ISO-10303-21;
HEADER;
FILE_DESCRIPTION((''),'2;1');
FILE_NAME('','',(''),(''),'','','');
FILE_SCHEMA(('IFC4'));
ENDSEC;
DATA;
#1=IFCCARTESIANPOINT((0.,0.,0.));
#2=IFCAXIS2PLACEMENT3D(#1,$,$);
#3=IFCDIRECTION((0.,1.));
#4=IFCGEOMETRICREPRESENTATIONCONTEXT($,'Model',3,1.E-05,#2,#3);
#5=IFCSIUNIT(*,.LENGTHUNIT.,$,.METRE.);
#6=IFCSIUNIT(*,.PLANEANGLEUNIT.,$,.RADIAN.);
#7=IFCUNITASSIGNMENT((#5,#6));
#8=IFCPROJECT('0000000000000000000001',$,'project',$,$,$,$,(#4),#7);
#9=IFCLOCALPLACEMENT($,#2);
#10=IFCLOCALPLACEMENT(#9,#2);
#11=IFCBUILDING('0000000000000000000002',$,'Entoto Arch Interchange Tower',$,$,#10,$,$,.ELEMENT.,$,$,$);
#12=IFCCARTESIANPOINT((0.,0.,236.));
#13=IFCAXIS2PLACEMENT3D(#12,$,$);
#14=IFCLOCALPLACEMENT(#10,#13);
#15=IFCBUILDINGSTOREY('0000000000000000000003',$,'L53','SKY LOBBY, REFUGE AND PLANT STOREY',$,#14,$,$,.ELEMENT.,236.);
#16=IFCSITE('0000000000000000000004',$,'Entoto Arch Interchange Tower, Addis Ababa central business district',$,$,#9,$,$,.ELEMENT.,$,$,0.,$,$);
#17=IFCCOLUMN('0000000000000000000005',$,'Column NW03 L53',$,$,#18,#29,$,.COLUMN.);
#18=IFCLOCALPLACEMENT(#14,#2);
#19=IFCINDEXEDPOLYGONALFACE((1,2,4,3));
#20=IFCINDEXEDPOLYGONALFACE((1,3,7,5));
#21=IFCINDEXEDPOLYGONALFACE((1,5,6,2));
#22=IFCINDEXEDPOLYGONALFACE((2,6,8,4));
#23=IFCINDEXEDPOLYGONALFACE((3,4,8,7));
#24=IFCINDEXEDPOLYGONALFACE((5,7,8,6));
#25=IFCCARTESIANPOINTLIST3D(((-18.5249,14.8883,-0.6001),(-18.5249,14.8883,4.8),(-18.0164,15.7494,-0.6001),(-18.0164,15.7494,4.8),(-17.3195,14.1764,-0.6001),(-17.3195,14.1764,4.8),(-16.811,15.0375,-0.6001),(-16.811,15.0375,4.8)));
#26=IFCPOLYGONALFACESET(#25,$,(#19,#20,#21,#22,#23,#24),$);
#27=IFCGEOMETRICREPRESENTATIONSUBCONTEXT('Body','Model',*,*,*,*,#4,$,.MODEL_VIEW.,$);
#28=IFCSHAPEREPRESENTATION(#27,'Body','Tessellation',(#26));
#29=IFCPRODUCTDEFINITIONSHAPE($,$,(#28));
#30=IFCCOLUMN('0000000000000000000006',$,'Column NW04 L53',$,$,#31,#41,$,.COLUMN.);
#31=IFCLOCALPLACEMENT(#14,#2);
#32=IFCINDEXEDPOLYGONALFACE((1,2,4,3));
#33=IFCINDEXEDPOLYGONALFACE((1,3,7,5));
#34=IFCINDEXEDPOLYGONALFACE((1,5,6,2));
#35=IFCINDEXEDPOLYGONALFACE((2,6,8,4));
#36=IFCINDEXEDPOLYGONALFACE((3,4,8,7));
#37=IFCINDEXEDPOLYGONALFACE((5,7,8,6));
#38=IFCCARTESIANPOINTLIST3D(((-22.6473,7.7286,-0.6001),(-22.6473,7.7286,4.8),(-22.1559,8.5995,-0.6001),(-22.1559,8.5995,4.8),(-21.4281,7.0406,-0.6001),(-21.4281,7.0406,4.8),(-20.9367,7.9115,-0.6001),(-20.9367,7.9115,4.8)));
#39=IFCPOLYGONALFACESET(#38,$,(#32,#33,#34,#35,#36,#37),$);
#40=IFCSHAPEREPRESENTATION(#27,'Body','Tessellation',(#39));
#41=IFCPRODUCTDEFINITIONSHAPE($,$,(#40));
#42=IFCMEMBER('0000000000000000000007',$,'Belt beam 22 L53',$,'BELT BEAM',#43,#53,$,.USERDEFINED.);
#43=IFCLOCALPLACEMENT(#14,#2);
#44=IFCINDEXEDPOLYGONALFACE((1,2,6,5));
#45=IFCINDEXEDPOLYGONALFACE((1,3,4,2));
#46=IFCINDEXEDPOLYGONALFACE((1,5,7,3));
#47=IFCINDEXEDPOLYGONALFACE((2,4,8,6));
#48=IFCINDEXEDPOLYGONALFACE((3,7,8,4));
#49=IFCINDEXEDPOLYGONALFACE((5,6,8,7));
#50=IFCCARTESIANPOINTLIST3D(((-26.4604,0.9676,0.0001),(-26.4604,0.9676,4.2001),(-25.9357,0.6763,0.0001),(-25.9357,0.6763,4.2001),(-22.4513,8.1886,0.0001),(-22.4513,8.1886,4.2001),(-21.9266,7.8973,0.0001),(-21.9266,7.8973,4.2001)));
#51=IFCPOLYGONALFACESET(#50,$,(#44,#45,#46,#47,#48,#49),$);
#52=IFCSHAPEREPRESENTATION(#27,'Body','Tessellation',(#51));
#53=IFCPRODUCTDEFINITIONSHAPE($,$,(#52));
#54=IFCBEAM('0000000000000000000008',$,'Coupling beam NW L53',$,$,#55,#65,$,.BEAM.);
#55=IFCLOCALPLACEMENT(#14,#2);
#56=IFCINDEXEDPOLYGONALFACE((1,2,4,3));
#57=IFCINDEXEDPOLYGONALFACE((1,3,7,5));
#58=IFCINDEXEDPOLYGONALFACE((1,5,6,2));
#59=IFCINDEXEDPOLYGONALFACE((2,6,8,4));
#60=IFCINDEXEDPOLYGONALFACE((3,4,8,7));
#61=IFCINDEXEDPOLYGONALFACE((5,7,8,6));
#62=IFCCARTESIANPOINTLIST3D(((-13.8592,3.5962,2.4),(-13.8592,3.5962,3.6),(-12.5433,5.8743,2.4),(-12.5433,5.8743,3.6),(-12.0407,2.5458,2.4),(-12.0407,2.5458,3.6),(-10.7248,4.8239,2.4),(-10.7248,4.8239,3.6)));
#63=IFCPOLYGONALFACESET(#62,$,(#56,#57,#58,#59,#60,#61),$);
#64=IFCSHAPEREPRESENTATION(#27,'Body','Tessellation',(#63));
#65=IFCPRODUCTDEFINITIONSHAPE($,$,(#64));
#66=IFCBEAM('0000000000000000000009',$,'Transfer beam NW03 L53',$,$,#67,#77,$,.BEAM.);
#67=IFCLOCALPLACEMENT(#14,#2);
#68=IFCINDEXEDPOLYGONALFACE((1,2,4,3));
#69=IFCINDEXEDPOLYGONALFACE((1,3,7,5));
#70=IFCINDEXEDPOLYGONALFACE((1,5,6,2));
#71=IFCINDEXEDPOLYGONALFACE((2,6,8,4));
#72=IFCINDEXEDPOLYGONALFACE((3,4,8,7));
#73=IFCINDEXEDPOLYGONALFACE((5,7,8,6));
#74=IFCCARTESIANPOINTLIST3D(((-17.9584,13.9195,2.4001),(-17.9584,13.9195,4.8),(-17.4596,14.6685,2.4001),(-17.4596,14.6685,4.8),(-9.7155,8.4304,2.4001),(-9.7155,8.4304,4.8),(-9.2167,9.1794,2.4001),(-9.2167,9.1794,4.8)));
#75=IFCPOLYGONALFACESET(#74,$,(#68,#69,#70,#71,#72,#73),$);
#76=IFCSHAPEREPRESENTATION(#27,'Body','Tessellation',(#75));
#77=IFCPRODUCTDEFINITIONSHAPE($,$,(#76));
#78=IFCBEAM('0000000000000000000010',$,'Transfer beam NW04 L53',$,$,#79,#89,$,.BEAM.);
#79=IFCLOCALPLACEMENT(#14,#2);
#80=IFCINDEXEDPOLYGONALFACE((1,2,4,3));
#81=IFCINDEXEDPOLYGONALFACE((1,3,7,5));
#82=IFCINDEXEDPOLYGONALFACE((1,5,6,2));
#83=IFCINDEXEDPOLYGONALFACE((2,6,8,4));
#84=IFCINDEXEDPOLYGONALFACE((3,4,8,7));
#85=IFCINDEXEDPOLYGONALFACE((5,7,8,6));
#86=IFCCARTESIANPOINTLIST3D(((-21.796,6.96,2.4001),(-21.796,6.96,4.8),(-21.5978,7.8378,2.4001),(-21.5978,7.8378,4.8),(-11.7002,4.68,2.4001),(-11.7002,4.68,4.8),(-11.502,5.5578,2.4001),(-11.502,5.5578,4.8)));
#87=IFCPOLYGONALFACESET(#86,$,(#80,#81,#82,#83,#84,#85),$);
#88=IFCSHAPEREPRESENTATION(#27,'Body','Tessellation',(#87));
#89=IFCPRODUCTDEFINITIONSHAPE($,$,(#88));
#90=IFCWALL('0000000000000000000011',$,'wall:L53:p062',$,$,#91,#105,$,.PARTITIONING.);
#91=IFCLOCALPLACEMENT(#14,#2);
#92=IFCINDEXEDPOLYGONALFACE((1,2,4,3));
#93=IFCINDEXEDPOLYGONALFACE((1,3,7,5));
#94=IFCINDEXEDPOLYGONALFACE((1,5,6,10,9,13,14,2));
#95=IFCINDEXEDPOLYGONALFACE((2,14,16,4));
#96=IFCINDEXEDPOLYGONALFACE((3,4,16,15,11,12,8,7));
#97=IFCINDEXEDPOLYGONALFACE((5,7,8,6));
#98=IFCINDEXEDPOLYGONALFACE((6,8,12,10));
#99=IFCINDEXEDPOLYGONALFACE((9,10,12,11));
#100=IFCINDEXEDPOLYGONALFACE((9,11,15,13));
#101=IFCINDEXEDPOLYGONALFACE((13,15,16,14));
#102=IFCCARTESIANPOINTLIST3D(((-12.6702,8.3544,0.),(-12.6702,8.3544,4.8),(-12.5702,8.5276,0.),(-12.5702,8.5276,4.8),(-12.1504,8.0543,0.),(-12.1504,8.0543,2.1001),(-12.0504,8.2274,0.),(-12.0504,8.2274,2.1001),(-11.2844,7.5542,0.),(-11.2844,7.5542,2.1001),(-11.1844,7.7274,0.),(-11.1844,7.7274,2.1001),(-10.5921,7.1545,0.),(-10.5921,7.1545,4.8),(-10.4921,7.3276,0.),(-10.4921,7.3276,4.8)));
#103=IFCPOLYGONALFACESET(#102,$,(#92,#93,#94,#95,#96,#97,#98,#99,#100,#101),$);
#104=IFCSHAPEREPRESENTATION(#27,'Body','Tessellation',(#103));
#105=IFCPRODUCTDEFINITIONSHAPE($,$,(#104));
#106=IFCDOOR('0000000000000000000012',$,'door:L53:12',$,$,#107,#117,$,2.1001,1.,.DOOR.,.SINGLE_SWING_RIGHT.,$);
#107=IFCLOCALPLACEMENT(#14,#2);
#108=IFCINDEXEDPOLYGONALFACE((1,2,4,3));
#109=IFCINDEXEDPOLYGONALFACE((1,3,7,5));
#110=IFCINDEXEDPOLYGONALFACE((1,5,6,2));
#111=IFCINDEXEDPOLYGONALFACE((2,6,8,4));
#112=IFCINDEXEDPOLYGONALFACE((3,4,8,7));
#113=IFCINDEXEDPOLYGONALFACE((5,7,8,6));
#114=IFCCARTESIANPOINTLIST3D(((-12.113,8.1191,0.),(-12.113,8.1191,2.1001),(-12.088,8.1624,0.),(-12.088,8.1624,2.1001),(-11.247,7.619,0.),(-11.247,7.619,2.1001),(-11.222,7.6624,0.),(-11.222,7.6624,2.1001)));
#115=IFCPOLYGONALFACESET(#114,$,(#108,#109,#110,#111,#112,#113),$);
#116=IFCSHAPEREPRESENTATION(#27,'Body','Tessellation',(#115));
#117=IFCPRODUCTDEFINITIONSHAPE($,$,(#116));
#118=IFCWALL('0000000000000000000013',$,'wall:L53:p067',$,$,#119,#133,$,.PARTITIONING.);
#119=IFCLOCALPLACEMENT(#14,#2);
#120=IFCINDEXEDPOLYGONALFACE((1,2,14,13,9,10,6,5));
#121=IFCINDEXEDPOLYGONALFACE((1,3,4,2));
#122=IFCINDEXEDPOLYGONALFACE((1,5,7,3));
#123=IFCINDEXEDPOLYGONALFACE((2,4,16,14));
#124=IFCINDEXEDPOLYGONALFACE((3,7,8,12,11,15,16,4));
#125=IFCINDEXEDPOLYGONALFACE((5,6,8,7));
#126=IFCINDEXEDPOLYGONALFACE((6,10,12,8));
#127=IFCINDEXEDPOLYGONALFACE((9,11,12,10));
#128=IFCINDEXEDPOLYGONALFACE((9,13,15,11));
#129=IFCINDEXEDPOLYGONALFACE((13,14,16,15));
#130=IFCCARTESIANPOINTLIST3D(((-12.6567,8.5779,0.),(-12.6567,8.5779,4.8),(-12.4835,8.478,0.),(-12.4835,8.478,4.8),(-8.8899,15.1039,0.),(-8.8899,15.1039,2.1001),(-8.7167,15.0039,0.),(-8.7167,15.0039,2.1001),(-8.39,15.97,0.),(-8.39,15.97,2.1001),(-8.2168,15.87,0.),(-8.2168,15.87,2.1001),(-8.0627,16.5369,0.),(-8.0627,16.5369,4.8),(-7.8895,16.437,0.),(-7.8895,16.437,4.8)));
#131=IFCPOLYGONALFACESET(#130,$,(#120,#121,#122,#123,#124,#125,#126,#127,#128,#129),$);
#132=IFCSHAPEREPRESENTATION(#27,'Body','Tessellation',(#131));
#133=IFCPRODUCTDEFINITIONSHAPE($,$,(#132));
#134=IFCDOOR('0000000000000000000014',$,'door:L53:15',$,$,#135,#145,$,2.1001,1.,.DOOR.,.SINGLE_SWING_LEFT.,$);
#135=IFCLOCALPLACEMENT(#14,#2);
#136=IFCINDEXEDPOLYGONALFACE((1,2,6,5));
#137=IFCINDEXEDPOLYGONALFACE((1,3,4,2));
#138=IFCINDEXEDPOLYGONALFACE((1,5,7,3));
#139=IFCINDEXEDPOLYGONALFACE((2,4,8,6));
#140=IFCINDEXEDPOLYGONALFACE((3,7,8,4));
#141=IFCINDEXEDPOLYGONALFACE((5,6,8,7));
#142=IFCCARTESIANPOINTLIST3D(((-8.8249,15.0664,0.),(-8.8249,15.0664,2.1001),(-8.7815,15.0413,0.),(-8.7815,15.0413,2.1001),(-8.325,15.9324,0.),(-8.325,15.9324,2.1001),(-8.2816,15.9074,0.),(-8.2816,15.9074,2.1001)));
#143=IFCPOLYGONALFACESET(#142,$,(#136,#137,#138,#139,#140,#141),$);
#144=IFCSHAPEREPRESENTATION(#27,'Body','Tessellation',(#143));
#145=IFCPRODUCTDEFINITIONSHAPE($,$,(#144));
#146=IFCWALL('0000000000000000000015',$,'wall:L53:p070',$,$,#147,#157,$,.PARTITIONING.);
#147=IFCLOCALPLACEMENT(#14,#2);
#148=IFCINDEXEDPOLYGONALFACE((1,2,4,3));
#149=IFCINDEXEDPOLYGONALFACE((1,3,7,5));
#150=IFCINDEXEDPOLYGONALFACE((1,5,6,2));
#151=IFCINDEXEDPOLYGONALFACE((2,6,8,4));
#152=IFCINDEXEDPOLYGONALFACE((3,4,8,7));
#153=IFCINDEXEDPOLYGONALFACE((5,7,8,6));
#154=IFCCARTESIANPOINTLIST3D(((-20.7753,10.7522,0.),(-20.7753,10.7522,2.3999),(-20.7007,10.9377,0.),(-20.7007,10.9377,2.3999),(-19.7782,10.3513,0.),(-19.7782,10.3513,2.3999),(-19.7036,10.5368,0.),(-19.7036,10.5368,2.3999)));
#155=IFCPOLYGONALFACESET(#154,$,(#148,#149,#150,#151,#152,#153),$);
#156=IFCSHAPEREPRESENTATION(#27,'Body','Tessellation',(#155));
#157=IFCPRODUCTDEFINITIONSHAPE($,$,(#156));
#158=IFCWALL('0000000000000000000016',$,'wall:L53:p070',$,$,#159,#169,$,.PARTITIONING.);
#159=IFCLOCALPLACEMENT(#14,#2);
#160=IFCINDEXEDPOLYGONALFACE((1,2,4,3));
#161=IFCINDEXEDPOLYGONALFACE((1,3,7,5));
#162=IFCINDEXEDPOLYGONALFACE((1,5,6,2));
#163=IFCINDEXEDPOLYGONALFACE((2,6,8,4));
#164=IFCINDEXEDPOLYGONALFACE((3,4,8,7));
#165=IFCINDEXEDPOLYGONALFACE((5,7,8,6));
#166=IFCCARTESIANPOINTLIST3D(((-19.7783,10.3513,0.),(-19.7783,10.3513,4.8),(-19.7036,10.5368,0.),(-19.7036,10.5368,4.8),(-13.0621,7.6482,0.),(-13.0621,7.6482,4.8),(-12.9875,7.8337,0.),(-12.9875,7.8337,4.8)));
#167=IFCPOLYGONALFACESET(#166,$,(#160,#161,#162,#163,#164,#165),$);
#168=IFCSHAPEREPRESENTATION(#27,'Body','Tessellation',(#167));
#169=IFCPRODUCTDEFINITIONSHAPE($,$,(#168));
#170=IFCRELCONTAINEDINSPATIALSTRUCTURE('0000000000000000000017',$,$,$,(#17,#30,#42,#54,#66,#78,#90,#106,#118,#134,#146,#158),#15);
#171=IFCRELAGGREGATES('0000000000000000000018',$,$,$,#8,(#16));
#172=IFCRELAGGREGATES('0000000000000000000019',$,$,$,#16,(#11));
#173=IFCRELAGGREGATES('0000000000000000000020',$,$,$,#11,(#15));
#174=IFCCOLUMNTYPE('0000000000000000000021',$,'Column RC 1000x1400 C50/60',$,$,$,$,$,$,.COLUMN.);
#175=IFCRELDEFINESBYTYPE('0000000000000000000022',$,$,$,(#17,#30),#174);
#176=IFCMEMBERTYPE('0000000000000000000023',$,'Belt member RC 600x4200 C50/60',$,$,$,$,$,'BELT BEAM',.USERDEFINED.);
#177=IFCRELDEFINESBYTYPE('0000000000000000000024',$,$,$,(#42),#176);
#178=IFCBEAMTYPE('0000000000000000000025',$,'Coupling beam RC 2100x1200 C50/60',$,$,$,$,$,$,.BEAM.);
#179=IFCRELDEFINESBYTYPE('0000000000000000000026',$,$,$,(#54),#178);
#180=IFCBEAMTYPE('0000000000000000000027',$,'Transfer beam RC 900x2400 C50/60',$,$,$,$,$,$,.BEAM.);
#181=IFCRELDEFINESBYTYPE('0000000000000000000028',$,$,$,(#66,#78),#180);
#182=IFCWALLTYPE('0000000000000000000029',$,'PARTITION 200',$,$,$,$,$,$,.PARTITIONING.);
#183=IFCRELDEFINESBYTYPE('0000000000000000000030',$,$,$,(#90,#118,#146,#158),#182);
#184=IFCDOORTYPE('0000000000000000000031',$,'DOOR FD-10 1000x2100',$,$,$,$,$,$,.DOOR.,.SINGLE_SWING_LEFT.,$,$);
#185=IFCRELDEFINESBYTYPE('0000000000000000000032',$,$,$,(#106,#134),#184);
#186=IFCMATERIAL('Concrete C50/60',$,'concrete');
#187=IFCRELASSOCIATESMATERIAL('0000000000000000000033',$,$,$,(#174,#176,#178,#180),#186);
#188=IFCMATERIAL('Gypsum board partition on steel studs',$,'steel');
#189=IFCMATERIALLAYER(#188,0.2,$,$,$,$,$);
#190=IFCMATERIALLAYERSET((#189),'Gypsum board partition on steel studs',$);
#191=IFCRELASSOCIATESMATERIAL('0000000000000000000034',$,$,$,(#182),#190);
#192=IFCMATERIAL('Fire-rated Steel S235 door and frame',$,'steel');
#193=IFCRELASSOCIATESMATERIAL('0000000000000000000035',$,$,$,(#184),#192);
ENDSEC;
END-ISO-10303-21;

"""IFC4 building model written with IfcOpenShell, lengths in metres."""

from ifc_helpers import new_model, si_unit, direction, frame, frame_2d, origin, origin_2d, place, context, subcontext, project, spatial, rectangle, extrude, material, layer, layer_set, material_profile, profile_set, type_object, element, fill, save


model = new_model("IFC4")

# Units and contexts
model_context = context("Model", 3, precision=1e-05, world=origin(), true_north=direction((0.0, 1.0)))
body_context = subcontext(model_context, "Body", "Model", "MODEL_VIEW")
ifc_project = project(units=[si_unit("LENGTHUNIT", "METRE"), si_unit("PLANEANGLEUNIT", "RADIAN")], contexts=[model_context])

# Site, building, storey
site_placement = place(None, origin())
site = spatial("IfcSite", under=ifc_project, at=site_placement, Name="Entoto Arch Interchange Tower, Addis Ababa central business district", CompositionType="ELEMENT", RefElevation=0.0)
building_placement = place(site_placement, origin())
building = spatial("IfcBuilding", under=site, at=building_placement, Name="Entoto Arch Interchange Tower", CompositionType="ELEMENT")
storey_placement = place(building_placement, frame((0.0, 0.0, 236.0)))
storey = spatial("IfcBuildingStorey", under=building, at=storey_placement, Name="L53", Description="SKY LOBBY, REFUGE AND PLANT STOREY", CompositionType="ELEMENT", Elevation=236.0)

# Columns
ifc_material_1 = material(Name="Concrete C50/60", Category="concrete")
ifc_material_profile_1 = material_profile(ifc_material_1, rectangle(XDim=1.0, YDim=1.3999, at=origin_2d()))
ifc_profile_set_1 = profile_set([ifc_material_profile_1], Name="Concrete C50/60")
column_type = type_object("IfcColumnType", Name="Column RC 1000x1400 C50/60", PredefinedType="COLUMN", material=ifc_profile_set_1)
for number, where, z_axis, x_axis, name in (
    (1, (-17.668, 14.9629, -0.6001), (0.0, 0.0, 1.0), (0.508516, 0.861053, 0.0), "Column NW03 L53"),
    (2, (-21.792, 7.8201, -0.6001), (0.0, 0.0, 1.0), (0.491436, 0.870914, 0.0), "Column NW04 L53"),
):
    element("IfcColumn", number, at=place(storey_placement, frame(where, z_axis=z_axis, x_axis=x_axis)), inside=storey, type_object=column_type, Name=name, PredefinedType="COLUMN", context=body_context, shape_type="SweptSolid", body=[
        extrude(rectangle(XDim=1.0, YDim=1.3999, at=origin_2d()), origin(), (0.0, 0.0, 1.0), 5.4001),
    ])

# Member
ifc_material_profile_2 = material_profile(ifc_material_1, rectangle(XDim=0.6001, YDim=4.2, at=origin_2d()))
ifc_profile_set_2 = profile_set([ifc_material_profile_2], Name="Concrete C50/60")
member_type = type_object("IfcMemberType", Name="Belt member RC 600x4200 C50/60", ElementType="BELT BEAM", PredefinedType="USERDEFINED", material=ifc_profile_set_2)
member_placement = place(storey_placement, frame((-22.189, 8.043, 2.1001), z_axis=(-0.485402, -0.874291, 0.0), x_axis=(0.874291, -0.485402, 0.0)))
element("IfcMember", 3, at=member_placement, inside=storey, type_object=member_type, Name="Belt beam 22 L53", ObjectType="BELT BEAM", PredefinedType="USERDEFINED", context=body_context, shape_type="SweptSolid", body=[
    extrude(rectangle(XDim=0.6001, YDim=4.2, at=origin_2d()), origin(), (0.0, 0.0, 1.0), 8.2593),
])

# Beams
ifc_material_profile_3 = material_profile(ifc_material_1, rectangle(XDim=2.1001, YDim=1.2, at=origin_2d()))
ifc_profile_set_3 = profile_set([ifc_material_profile_3], Name="Concrete C50/60")
beam_type_1 = type_object("IfcBeamType", Name="Coupling beam RC 2100x1200 C50/60", PredefinedType="BEAM", material=ifc_profile_set_3)
beam_1_placement = place(storey_placement, frame((-11.634, 5.3491, 3.0), z_axis=(-0.500191, -0.865915, 0.0), x_axis=(0.865915, -0.500191, 0.0)))
element("IfcBeam", 4, at=beam_1_placement, inside=storey, type_object=beam_type_1, Name="Coupling beam NW L53", PredefinedType="BEAM", context=body_context, shape_type="SweptSolid", body=[
    extrude(rectangle(XDim=2.1001, YDim=1.2, at=origin_2d()), origin(), (0.0, 0.0, 1.0), 2.6309),
])
ifc_material_profile_4 = material_profile(ifc_material_1, rectangle(XDim=0.8999, YDim=2.3999, at=origin_2d()))
ifc_profile_set_4 = profile_set([ifc_material_profile_4], Name="Concrete C50/60")
beam_type_2 = type_object("IfcBeamType", Name="Transfer beam RC 900x2400 C50/60", PredefinedType="BEAM", material=ifc_profile_set_4)
beam_2_placement = place(storey_placement, frame((-9.4661, 8.8049, 3.6001), z_axis=(-0.832342, 0.554262, 0.0), x_axis=(-0.554262, -0.832342, 0.0)))
element("IfcBeam", 5, at=beam_2_placement, inside=storey, type_object=beam_type_2, Name="Transfer beam NW03 L53", PredefinedType="BEAM", context=body_context, shape_type="SweptSolid", body=[
    extrude(rectangle(XDim=0.8999, YDim=2.3999, at=origin_2d()), origin(), (0.0, 0.0, 1.0), 9.9033),
])
beam_3_placement = place(storey_placement, frame((-11.6011, 5.1189, 3.6001), z_axis=(-0.975435, 0.220288, 0.0), x_axis=(-0.220288, -0.975435, 0.0)))
element("IfcBeam", 6, at=beam_3_placement, inside=storey, type_object=beam_type_2, Name="Transfer beam NW04 L53", PredefinedType="BEAM", context=body_context, shape_type="SweptSolid", body=[
    extrude(rectangle(XDim=0.8999, YDim=2.3999, at=origin_2d()), origin(), (0.0, 0.0, 1.0), 10.3501),
])

# Walls, openings, doors
ifc_material_2 = material(Name="Gypsum board partition on steel studs", Category="steel")
ifc_layer_1 = layer(ifc_material_2, 0.2)
ifc_layer_set_1 = layer_set([ifc_layer_1], Name="Gypsum board partition on steel studs")
wall_type_1 = type_object("IfcWallType", Name="PARTITION 200", PredefinedType="PARTITIONING", material=ifc_layer_set_1)
wall_1_placement = place(storey_placement, frame((-12.6201, 8.4409, 0.0), z_axis=(0.0, 0.0, 1.0), x_axis=(0.865999, -0.500045, 0.0)))
wall_1 = element("IfcWall", 7, at=wall_1_placement, inside=storey, type_object=wall_type_1, Name="wall:L53:p062", PredefinedType="PARTITIONING", context=body_context, shape_type="SweptSolid", body=[
    extrude(rectangle(XDim=2.3997, YDim=0.2, at=frame_2d((1.1997, 0.0))), origin(), (0.0, 0.0, 1.0), 4.8),
])
opening_1_placement = place(wall_1_placement, frame((0.6001, 0.0, 0.0)))
opening_1 = element("IfcOpeningElement", 8, at=opening_1_placement, cuts=wall_1, PredefinedType="OPENING", context=body_context, shape_type="SweptSolid", body=[
    extrude(rectangle(XDim=1.0, YDim=2.1001, at=frame_2d((0.5, 1.05))), frame((0.0, 0.1099, 0.0), z_axis=(0.0, -1.0, 0.0), x_axis=(1.0, 0.0, 0.0)), (0.0, 0.0, 1.0), 0.22),
])
ifc_material_3 = material(Name="Fire-rated Steel S235 door and frame", Category="steel")
door_type = type_object("IfcDoorType", Name="DOOR FD-10 1000x2100", OperationType="SINGLE_SWING_LEFT", PredefinedType="DOOR", material=ifc_material_3)
door_1_placement = place(opening_1_placement, origin())
door_1 = element("IfcDoor", 9, at=door_1_placement, inside=storey, type_object=door_type, Name="door:L53:12", OperationType="SINGLE_SWING_RIGHT", OverallHeight=2.1001, OverallWidth=1.0, PredefinedType="DOOR", context=body_context, shape_type="SweptSolid", body=[
    extrude(rectangle(XDim=1.0, YDim=2.1001, at=frame_2d((0.5, 1.05))), frame((0.0, 0.0249, 0.0), z_axis=(0.0, -1.0, 0.0), x_axis=(1.0, 0.0, 0.0)), (0.0, 0.0, 1.0), 0.05),
])
fill(opening_1, door_1)
wall_2_placement = place(storey_placement, frame((-12.5701, 8.5281, 0.0), z_axis=(0.0, 0.0, 1.0), x_axis=(0.499908, 0.866079, 0.0)))
wall_2 = element("IfcWall", 10, at=wall_2_placement, inside=storey, type_object=wall_type_1, Name="wall:L53:p067", PredefinedType="PARTITIONING", context=body_context, shape_type="SweptSolid", body=[
    extrude(rectangle(XDim=9.1897, YDim=0.2, at=frame_2d((4.5947, 0.0))), origin(), (0.0, 0.0, 1.0), 4.8),
])
opening_2_placement = place(wall_2_placement, frame((7.5349, 0.0, 0.0)))
opening_2 = element("IfcOpeningElement", 11, at=opening_2_placement, cuts=wall_2, PredefinedType="OPENING", context=body_context, shape_type="SweptSolid", body=[
    extrude(rectangle(XDim=1.0, YDim=2.1001, at=frame_2d((0.5, 1.05))), frame((0.0, 0.1099, 0.0), z_axis=(0.0, -1.0, 0.0), x_axis=(1.0, 0.0, 0.0)), (0.0, 0.0, 1.0), 0.22),
])
door_2_placement = place(opening_2_placement, origin())
door_2 = element("IfcDoor", 12, at=door_2_placement, inside=storey, type_object=door_type, Name="door:L53:15", OperationType="SINGLE_SWING_LEFT", OverallHeight=2.1001, OverallWidth=1.0, PredefinedType="DOOR", context=body_context, shape_type="SweptSolid", body=[
    extrude(rectangle(XDim=1.0, YDim=2.1001, at=frame_2d((0.5, 1.05))), frame((0.0, 0.0249, 0.0), z_axis=(0.0, -1.0, 0.0), x_axis=(1.0, 0.0, 0.0)), (0.0, 0.0, 1.0), 0.05),
])
fill(opening_2, door_2)

# Walls
wall_3_placement = place(storey_placement, frame((-20.738, 10.845, 0.0), z_axis=(0.0, 0.0, 1.0), x_axis=(0.927817, -0.373035, 0.0)))
element("IfcWall", 13, at=wall_3_placement, inside=storey, type_object=wall_type_1, Name="wall:L53:p070", PredefinedType="PARTITIONING", context=body_context, shape_type="SweptSolid", body=[
    extrude(rectangle(XDim=1.0747, YDim=0.2, at=frame_2d((0.5374, 0.0))), origin(), (0.0, 0.0, 1.0), 2.3999),
])
wall_4_placement = place(storey_placement, frame((-19.741, 10.4441, 0.0), z_axis=(0.0, 0.0, 1.0), x_axis=(0.927679, -0.373378, 0.0)))
element("IfcWall", 14, at=wall_4_placement, inside=storey, type_object=wall_type_1, Name="wall:L53:p070", PredefinedType="PARTITIONING", context=body_context, shape_type="SweptSolid", body=[
    extrude(rectangle(XDim=7.2397, YDim=0.2, at=frame_2d((3.6199, 0.0))), origin(), (0.0, 0.0, 1.0), 4.8),
])

save(model, "model.ifc")
